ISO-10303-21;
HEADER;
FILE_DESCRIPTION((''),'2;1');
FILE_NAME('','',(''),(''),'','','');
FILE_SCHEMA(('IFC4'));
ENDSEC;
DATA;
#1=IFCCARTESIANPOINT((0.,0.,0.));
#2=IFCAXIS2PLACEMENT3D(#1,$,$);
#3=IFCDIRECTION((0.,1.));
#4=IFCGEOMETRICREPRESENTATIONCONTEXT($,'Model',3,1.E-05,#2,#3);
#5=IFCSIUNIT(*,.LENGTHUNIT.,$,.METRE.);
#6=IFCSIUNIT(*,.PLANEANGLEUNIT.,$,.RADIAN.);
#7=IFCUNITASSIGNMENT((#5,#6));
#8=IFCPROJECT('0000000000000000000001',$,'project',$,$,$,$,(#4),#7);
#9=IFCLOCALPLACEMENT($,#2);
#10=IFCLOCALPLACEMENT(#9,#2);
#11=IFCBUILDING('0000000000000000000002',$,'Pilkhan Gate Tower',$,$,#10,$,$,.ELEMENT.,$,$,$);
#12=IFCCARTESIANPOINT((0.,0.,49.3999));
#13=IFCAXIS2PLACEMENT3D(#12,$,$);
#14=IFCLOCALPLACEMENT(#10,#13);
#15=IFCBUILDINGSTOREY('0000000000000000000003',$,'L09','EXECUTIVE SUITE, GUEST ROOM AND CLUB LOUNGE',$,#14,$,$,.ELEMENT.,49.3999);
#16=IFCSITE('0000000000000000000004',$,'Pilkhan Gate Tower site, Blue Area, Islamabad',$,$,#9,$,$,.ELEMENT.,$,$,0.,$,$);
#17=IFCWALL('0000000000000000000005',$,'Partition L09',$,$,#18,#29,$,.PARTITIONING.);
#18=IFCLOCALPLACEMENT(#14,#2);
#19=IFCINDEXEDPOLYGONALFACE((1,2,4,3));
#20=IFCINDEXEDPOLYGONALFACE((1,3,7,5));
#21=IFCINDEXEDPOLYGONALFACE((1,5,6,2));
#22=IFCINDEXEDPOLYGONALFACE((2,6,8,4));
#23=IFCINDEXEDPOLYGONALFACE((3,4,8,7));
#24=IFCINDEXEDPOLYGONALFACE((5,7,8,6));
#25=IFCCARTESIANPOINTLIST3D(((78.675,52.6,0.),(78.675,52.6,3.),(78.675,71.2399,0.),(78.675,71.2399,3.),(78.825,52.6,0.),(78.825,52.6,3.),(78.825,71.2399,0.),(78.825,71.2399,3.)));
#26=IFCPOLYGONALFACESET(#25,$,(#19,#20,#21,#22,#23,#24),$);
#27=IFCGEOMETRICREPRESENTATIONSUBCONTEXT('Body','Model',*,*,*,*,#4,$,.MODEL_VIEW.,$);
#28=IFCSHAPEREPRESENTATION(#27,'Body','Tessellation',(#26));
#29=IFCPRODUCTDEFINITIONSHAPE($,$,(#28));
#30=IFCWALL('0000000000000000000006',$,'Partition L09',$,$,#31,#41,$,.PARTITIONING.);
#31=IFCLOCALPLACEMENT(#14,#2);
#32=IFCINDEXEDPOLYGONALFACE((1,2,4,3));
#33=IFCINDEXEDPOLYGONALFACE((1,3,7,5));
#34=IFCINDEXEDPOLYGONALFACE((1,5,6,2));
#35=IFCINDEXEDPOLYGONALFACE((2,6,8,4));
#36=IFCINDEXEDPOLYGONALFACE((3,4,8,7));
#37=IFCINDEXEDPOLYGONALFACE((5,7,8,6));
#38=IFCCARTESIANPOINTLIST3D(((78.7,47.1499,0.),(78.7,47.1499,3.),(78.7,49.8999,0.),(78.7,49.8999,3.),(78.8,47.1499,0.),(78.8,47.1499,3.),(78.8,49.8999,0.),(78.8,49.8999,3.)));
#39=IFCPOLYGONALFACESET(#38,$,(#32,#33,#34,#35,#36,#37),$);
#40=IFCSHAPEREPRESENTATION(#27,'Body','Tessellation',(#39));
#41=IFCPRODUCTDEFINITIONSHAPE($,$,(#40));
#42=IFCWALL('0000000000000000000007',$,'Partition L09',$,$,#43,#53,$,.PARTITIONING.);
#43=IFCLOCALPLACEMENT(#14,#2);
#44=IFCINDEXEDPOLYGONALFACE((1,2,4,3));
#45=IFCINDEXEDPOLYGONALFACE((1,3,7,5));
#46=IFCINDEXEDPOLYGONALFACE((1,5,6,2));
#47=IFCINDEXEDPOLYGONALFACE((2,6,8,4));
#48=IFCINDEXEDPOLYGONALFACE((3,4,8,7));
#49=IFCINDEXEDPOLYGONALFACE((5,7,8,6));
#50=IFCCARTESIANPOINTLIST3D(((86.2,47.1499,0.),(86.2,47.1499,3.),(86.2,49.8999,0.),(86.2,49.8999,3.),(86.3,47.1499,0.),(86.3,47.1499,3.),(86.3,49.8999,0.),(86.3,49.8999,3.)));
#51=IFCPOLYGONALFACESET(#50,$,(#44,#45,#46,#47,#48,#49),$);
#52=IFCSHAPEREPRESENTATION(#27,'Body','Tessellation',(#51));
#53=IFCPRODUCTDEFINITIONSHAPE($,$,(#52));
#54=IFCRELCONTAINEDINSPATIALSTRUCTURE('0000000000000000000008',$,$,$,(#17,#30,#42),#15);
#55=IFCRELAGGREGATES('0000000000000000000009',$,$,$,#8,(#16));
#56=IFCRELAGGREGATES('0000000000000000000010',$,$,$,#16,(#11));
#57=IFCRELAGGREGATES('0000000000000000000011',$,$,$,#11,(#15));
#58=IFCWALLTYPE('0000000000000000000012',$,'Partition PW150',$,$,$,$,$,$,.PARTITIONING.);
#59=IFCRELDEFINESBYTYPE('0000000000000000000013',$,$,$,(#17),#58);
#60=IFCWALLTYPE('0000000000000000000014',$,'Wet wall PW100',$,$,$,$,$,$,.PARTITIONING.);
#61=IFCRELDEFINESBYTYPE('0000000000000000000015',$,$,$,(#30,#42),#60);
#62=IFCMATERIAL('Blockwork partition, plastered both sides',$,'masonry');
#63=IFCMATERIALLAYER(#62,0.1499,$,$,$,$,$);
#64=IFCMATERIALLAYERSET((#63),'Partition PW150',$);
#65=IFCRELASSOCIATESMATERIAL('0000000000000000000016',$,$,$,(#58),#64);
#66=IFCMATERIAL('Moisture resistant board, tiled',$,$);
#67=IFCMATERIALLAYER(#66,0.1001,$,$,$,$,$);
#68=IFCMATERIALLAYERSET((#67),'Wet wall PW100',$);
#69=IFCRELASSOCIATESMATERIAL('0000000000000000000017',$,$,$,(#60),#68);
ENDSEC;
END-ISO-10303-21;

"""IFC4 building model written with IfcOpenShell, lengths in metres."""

from ifc_helpers import new_model, si_unit, direction, frame, frame_2d, origin, place, context, subcontext, project, spatial, rectangle, extrude, material, layer, layer_set, type_object, element, save


model = new_model("IFC4")

# Units and contexts
model_context = context("Model", 3, precision=1e-05, world=origin(), true_north=direction((0.0, 1.0)))
body_context = subcontext(model_context, "Body", "Model", "MODEL_VIEW")
ifc_project = project(units=[si_unit("LENGTHUNIT", "METRE"), si_unit("PLANEANGLEUNIT", "RADIAN")], contexts=[model_context])

# Site, building, storey
site_placement = place(None, origin())
site = spatial("IfcSite", under=ifc_project, at=site_placement, Name="Pilkhan Gate Tower site, Blue Area, Islamabad", CompositionType="ELEMENT", RefElevation=0.0)
building_placement = place(site_placement, origin())
building = spatial("IfcBuilding", under=site, at=building_placement, Name="Pilkhan Gate Tower", CompositionType="ELEMENT")
storey_placement = place(building_placement, frame((0.0, 0.0, 49.3999)))
storey = spatial("IfcBuildingStorey", under=building, at=storey_placement, Name="L09", Description="EXECUTIVE SUITE, GUEST ROOM AND CLUB LOUNGE", CompositionType="ELEMENT", Elevation=49.3999)

# Walls
ifc_material_1 = material(Name="Blockwork partition, plastered both sides", Category="masonry")
ifc_layer_1 = layer(ifc_material_1, 0.1499)
ifc_layer_set_1 = layer_set([ifc_layer_1], Name="Partition PW150")
wall_type_1 = type_object("IfcWallType", Name="Partition PW150", PredefinedType="PARTITIONING", material=ifc_layer_set_1)
wall_1_placement = place(storey_placement, frame((78.75, 52.6001, 0.0), z_axis=(0.0, 0.0, 1.0), x_axis=(0.0, 1.0, 0.0)))
element("IfcWall", 1, at=wall_1_placement, inside=storey, type_object=wall_type_1, Name="Partition L09", PredefinedType="PARTITIONING", context=body_context, shape_type="SweptSolid", body=[
    extrude(rectangle(XDim=18.6399, YDim=0.1499, at=frame_2d((9.3198, 0.0))), origin(), (0.0, 0.0, 1.0), 3.0),
])
ifc_material_2 = material(Name="Moisture resistant board, tiled")
ifc_layer_2 = layer(ifc_material_2, 0.1001)
ifc_layer_set_2 = layer_set([ifc_layer_2], Name="Wet wall PW100")
wall_type_2 = type_object("IfcWallType", Name="Wet wall PW100", PredefinedType="PARTITIONING", material=ifc_layer_set_2)
for number, where, z_axis, x_axis, name in (
    (2, (78.75, 47.1499, 0.0), (0.0, 0.0, 1.0), (0.0, 1.0, 0.0), "Partition L09"),
    (3, (86.25, 47.1499, 0.0), (0.0, 0.0, 1.0), (0.0, 1.0, 0.0), "Partition L09"),
):
    element("IfcWall", number, at=place(storey_placement, frame(where, z_axis=z_axis, x_axis=x_axis)), inside=storey, type_object=wall_type_2, Name=name, PredefinedType="PARTITIONING", context=body_context, shape_type="SweptSolid", body=[
        extrude(rectangle(XDim=2.75, YDim=0.1001, at=frame_2d((1.375, 0.0))), origin(), (0.0, 0.0, 1.0), 3.0),
    ])

save(model, "model.ifc")
